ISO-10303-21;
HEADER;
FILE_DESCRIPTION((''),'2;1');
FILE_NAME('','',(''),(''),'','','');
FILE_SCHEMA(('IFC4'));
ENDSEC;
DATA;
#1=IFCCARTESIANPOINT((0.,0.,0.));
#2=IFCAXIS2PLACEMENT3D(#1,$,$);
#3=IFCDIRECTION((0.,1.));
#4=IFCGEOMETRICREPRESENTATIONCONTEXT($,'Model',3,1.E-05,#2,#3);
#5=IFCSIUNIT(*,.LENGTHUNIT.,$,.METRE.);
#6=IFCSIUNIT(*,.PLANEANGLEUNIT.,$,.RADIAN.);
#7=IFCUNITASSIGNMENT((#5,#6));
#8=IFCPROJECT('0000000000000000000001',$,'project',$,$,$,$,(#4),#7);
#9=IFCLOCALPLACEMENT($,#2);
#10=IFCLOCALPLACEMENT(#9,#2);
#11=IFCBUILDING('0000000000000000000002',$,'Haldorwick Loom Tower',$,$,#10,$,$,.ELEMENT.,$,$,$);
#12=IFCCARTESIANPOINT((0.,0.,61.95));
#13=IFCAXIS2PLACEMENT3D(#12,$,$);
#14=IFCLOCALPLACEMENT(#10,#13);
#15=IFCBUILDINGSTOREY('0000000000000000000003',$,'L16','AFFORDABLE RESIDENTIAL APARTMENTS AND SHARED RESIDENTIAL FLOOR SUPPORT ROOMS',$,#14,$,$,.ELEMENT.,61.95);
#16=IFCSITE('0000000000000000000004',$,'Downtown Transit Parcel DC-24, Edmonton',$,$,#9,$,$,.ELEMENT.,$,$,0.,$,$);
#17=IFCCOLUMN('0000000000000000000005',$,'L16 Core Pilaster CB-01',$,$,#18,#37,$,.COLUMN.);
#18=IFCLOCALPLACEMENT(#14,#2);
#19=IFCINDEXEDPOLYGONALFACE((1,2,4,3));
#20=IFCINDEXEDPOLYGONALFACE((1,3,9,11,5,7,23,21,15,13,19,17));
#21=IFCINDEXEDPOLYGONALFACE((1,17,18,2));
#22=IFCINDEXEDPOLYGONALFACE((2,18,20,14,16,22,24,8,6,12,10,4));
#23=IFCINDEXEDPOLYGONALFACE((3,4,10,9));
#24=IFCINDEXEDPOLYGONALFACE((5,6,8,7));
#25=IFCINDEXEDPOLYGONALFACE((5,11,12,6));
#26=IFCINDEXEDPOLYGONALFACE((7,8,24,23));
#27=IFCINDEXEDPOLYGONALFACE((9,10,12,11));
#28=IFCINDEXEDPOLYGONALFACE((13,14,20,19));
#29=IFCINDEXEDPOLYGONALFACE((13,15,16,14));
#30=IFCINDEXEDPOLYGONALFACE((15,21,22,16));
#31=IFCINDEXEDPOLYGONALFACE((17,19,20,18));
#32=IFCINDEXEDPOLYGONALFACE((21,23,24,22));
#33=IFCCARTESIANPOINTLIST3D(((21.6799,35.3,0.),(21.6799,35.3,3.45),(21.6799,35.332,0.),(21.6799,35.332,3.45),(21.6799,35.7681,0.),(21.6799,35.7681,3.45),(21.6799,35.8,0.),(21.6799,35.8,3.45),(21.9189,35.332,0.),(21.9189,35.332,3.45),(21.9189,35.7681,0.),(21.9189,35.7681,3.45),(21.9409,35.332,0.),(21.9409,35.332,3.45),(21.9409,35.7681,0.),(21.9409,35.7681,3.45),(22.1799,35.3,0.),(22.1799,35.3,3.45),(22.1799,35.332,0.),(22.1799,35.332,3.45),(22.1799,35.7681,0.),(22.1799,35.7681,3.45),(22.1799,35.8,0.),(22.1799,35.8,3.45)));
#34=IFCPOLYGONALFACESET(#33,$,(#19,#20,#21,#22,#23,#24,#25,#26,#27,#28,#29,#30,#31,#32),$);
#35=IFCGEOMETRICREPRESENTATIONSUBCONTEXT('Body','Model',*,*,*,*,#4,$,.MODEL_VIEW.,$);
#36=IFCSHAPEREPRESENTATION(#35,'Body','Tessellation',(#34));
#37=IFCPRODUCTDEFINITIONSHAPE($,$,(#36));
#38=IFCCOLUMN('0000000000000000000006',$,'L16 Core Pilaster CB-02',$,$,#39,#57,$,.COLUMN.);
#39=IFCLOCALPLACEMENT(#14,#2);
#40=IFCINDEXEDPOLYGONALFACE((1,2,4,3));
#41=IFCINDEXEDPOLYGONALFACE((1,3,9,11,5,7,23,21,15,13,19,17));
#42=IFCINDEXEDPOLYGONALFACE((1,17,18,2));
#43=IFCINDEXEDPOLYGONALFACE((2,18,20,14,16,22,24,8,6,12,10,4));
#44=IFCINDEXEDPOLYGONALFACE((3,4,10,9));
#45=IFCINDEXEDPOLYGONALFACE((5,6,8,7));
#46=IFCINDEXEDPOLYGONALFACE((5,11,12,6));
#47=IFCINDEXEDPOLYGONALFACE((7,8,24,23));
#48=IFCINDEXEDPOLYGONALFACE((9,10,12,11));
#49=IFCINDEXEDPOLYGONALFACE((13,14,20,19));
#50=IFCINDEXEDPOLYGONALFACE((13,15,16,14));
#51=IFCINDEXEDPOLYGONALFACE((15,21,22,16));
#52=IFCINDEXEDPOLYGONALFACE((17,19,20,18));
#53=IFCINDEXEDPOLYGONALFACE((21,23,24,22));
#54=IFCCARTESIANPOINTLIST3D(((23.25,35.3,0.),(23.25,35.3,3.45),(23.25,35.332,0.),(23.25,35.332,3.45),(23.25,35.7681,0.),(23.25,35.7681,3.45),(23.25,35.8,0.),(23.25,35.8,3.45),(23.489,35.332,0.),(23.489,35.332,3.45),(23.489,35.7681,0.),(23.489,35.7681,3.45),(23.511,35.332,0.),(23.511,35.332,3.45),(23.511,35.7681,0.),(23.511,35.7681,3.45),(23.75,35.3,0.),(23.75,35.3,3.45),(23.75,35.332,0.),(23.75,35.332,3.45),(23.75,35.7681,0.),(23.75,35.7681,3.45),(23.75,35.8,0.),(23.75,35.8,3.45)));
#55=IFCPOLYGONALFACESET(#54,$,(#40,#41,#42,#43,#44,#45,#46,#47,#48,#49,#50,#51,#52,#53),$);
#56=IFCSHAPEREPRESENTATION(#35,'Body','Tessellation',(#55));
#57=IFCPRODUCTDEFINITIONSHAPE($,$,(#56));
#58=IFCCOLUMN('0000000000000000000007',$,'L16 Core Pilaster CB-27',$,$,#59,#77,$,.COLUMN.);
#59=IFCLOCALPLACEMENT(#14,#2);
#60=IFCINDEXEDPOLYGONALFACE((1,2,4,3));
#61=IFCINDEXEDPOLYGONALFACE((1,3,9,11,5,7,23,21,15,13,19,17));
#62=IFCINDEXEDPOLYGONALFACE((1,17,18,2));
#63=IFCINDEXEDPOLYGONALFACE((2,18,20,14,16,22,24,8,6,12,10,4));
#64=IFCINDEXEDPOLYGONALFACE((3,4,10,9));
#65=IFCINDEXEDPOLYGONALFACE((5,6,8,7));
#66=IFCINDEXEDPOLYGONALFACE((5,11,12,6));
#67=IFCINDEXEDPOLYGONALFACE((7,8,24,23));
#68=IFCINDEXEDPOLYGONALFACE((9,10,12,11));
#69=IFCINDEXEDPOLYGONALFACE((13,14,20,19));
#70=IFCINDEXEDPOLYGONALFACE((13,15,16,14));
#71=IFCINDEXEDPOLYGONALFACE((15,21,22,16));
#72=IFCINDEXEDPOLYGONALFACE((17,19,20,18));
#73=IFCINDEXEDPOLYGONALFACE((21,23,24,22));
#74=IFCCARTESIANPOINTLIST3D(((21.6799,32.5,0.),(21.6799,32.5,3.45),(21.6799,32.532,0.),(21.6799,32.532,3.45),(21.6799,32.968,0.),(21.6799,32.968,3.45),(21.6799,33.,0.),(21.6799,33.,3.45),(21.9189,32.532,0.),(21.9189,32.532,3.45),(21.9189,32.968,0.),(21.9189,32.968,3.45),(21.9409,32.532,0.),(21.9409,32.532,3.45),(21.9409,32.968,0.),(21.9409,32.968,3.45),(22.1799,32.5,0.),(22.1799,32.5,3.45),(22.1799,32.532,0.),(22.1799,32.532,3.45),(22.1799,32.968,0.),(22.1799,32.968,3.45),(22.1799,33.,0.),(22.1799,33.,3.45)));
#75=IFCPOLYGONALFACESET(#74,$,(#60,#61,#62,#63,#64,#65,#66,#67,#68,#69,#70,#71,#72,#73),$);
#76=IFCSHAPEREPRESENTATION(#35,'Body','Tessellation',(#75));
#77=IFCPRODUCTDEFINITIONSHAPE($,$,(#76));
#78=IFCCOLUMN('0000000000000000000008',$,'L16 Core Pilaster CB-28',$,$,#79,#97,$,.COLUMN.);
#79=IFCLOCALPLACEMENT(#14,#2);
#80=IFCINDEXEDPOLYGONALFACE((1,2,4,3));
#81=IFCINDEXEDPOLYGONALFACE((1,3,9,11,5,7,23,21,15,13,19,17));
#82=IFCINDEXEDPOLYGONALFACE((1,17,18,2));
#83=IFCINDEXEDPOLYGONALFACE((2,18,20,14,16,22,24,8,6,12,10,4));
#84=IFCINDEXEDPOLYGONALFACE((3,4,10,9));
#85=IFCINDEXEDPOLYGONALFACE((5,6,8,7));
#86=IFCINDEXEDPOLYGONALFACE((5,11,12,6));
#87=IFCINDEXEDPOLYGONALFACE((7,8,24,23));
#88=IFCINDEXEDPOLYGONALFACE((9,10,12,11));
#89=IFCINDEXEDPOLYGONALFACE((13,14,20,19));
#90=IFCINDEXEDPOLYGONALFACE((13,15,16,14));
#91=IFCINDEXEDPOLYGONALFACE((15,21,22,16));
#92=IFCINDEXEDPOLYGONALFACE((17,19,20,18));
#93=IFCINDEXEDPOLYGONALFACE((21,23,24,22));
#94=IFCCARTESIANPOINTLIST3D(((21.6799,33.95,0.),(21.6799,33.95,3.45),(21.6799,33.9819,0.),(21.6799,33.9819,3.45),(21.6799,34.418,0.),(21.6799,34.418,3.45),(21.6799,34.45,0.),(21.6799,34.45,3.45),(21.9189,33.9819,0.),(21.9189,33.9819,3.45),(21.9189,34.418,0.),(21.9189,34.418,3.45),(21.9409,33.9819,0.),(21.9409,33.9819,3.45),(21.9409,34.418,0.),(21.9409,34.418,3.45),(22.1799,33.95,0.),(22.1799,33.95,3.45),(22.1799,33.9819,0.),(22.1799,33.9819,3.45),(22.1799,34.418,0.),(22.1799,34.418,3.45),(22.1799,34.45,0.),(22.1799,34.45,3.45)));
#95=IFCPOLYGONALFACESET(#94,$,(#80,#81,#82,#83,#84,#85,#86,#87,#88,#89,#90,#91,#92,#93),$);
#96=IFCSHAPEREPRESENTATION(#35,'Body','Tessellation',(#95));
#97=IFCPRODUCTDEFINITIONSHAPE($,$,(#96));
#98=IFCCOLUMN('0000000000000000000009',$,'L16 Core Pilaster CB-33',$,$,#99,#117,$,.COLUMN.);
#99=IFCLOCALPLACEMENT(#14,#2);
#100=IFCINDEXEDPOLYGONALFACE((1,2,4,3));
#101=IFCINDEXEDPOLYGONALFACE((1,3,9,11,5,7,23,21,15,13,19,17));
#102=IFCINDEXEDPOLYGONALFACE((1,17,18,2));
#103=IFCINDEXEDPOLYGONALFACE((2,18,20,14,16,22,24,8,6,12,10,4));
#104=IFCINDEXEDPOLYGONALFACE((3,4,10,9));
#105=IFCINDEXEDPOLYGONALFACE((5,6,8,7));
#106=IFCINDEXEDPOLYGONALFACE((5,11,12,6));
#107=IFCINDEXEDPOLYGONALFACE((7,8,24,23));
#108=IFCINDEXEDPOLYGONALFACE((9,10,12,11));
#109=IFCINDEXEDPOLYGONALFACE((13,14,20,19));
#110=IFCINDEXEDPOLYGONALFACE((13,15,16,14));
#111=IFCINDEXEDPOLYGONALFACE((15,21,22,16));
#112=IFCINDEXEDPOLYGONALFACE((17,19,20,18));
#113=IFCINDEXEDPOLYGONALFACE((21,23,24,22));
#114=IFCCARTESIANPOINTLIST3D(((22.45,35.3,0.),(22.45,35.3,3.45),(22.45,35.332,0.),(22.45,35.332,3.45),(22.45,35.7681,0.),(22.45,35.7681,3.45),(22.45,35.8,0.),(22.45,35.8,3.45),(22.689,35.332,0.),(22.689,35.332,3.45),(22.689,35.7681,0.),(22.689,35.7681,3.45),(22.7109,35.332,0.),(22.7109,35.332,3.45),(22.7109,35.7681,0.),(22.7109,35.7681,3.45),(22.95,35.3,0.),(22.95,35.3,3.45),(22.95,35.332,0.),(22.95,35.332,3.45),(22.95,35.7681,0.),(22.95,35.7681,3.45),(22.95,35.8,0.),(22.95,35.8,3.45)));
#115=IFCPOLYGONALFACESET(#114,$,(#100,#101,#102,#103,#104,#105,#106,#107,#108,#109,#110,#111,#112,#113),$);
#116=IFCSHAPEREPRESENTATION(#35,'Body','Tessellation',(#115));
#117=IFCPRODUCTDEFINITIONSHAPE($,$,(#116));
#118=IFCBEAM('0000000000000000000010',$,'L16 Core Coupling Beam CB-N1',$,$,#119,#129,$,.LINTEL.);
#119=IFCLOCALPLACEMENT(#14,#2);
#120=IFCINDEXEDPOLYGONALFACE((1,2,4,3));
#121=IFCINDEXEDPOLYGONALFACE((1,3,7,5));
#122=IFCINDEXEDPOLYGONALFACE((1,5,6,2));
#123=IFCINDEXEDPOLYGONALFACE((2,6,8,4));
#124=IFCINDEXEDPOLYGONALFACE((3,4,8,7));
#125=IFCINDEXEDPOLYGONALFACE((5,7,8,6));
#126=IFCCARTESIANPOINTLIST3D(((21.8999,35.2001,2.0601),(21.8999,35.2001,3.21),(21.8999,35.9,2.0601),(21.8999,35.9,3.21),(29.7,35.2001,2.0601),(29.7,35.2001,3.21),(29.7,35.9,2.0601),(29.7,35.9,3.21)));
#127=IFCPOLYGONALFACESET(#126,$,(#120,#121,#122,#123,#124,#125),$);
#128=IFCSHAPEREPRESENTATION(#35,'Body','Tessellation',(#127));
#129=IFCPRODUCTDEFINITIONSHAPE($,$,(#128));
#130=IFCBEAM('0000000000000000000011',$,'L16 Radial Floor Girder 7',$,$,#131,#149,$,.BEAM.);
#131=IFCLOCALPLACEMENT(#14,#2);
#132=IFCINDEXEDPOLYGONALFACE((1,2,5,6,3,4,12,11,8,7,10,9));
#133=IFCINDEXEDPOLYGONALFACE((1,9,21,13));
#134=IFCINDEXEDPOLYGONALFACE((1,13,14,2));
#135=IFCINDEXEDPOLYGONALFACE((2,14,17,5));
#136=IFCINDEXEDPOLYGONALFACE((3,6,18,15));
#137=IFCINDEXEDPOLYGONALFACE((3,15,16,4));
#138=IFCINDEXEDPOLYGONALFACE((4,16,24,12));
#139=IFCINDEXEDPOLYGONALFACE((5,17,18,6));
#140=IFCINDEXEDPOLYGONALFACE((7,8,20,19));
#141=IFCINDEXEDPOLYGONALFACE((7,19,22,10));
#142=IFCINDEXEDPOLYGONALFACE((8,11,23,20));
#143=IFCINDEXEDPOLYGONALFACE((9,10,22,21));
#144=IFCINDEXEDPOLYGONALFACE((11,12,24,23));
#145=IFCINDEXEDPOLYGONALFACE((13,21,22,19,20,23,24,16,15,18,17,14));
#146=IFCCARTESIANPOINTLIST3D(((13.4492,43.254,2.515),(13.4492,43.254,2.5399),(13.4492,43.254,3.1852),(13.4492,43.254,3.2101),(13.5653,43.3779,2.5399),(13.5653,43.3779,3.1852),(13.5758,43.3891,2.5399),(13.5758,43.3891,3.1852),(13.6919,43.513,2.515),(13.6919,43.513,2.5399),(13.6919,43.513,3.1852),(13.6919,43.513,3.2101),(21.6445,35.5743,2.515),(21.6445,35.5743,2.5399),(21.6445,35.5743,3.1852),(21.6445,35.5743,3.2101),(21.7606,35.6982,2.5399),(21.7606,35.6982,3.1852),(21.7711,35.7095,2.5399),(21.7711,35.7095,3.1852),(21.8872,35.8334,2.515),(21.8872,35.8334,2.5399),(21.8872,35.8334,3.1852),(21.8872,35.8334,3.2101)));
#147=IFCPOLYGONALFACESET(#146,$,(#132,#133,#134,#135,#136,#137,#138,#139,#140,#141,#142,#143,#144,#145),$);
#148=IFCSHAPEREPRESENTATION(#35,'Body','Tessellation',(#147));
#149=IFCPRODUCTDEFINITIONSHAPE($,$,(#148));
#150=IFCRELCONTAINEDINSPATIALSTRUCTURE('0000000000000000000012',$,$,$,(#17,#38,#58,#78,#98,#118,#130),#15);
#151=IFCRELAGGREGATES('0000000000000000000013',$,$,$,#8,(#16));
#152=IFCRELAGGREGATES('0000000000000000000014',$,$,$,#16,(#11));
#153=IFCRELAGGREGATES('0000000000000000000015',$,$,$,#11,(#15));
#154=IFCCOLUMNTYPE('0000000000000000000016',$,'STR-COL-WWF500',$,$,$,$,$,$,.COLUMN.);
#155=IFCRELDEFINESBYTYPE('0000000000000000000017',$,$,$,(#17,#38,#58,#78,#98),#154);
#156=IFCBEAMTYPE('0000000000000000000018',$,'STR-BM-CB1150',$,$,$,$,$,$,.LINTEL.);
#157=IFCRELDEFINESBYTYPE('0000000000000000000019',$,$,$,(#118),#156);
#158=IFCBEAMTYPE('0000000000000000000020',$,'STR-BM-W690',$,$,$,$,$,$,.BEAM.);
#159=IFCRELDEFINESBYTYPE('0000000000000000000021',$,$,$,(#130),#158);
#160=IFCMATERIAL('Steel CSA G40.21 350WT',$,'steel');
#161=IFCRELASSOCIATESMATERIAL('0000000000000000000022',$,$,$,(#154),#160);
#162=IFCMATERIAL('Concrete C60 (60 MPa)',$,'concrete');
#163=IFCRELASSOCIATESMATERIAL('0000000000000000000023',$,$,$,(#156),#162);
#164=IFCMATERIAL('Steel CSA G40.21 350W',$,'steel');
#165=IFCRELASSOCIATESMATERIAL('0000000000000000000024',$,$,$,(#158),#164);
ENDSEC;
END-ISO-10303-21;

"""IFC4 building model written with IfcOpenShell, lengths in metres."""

from ifc_helpers import new_model, si_unit, direction, frame, origin, origin_2d, place, context, subcontext, project, spatial, rectangle, i_section, extrude, material, material_profile, profile_set, type_object, element, save


model = new_model("IFC4")

# Units and contexts
model_context = context("Model", 3, precision=1e-05, world=origin(), true_north=direction((0.0, 1.0)))
body_context = subcontext(model_context, "Body", "Model", "MODEL_VIEW")
ifc_project = project(units=[si_unit("LENGTHUNIT", "METRE"), si_unit("PLANEANGLEUNIT", "RADIAN")], contexts=[model_context])

# Site, building, storey
site_placement = place(None, origin())
site = spatial("IfcSite", under=ifc_project, at=site_placement, Name="Downtown Transit Parcel DC-24, Edmonton", CompositionType="ELEMENT", RefElevation=0.0)
building_placement = place(site_placement, origin())
building = spatial("IfcBuilding", under=site, at=building_placement, Name="Haldorwick Loom Tower", CompositionType="ELEMENT")
storey_placement = place(building_placement, frame((0.0, 0.0, 61.95)))
storey = spatial("IfcBuildingStorey", under=building, at=storey_placement, Name="L16", Description="AFFORDABLE RESIDENTIAL APARTMENTS AND SHARED RESIDENTIAL FLOOR SUPPORT ROOMS", CompositionType="ELEMENT", Elevation=61.95)

# Columns
ifc_material_1 = material(Name="Steel CSA G40.21 350WT", Category="steel")
ifc_material_profile_1 = material_profile(ifc_material_1, i_section(OverallWidth=0.5, OverallDepth=0.5, WebThickness=0.022, FlangeThickness=0.032, at=origin_2d()), Name="WWF500X500", Category="steel")
ifc_profile_set_1 = profile_set([ifc_material_profile_1], Name="Steel CSA G40.21 350WT")
column_type = type_object("IfcColumnType", Name="STR-COL-WWF500", PredefinedType="COLUMN", material=ifc_profile_set_1)
for number, where, z_axis, x_axis, name in (
    (1, (21.9299, 35.55, 0.0), (0.0, 0.0, 1.0), (1.0, 0.0, 0.0), "L16 Core Pilaster CB-01"),
    (2, (23.5, 35.55, 0.0), (0.0, 0.0, 1.0), (1.0, 0.0, 0.0), "L16 Core Pilaster CB-02"),
    (3, (21.9299, 32.75, 0.0), (0.0, 0.0, 1.0), (1.0, 0.0, 0.0), "L16 Core Pilaster CB-27"),
    (4, (21.9299, 34.2, 0.0), (0.0, 0.0, 1.0), (1.0, 0.0, 0.0), "L16 Core Pilaster CB-28"),
    (5, (22.7, 35.55, 0.0), (0.0, 0.0, 1.0), (1.0, 0.0, 0.0), "L16 Core Pilaster CB-33"),
):
    element("IfcColumn", number, at=place(storey_placement, frame(where, z_axis=z_axis, x_axis=x_axis)), inside=storey, type_object=column_type, Name=name, PredefinedType="COLUMN", context=body_context, shape_type="SweptSolid", body=[
        extrude(i_section(OverallWidth=0.5, OverallDepth=0.5, WebThickness=0.022, FlangeThickness=0.032, at=origin_2d()), origin(), (0.0, 0.0, 1.0), 3.45),
    ])

# Beams
ifc_material_2 = material(Name="Concrete C60 (60 MPa)", Category="concrete")
ifc_material_profile_2 = material_profile(ifc_material_2, rectangle(XDim=0.7, YDim=1.1499, at=origin_2d()), Name="RC700X1150", Category="concrete")
ifc_profile_set_2 = profile_set([ifc_material_profile_2], Name="Concrete C60 (60 MPa)")
beam_type_1 = type_object("IfcBeamType", Name="STR-BM-CB1150", PredefinedType="LINTEL", material=ifc_profile_set_2)
beam_1_placement = place(storey_placement, frame((21.8999, 35.55, 2.635), z_axis=(1.0, 0.0, 0.0), x_axis=(0.0, 1.0, 0.0)))
element("IfcBeam", 6, at=beam_1_placement, inside=storey, type_object=beam_type_1, Name="L16 Core Coupling Beam CB-N1", PredefinedType="LINTEL", context=body_context, shape_type="SweptSolid", body=[
    extrude(rectangle(XDim=0.7, YDim=1.1499, at=origin_2d()), origin(), (0.0, 0.0, 1.0), 7.8),
])
ifc_material_3 = material(Name="Steel CSA G40.21 350W", Category="steel")
ifc_material_profile_3 = material_profile(ifc_material_3, i_section(OverallWidth=0.355, OverallDepth=0.6951, WebThickness=0.0154, FlangeThickness=0.0249, at=origin_2d()), Name="W690X217", Category="steel")
ifc_profile_set_3 = profile_set([ifc_material_profile_3], Name="Steel CSA G40.21 350W")
beam_type_2 = type_object("IfcBeamType", Name="STR-BM-W690", PredefinedType="BEAM", material=ifc_profile_set_3)
beam_2_placement = place(storey_placement, frame((21.7659, 35.7039, 2.8625), z_axis=(-0.729689, 0.683779, 0.0), x_axis=(-0.683779, -0.729689, 0.0)))
element("IfcBeam", 7, at=beam_2_placement, inside=storey, type_object=beam_type_2, Name="L16 Radial Floor Girder 7", PredefinedType="BEAM", context=body_context, shape_type="SweptSolid", body=[
    extrude(i_section(OverallWidth=0.355, OverallDepth=0.6951, WebThickness=0.0154, FlangeThickness=0.0249, at=origin_2d()), origin(), (0.0, 0.0, 1.0), 11.2312),
])

save(model, "model.ifc")
